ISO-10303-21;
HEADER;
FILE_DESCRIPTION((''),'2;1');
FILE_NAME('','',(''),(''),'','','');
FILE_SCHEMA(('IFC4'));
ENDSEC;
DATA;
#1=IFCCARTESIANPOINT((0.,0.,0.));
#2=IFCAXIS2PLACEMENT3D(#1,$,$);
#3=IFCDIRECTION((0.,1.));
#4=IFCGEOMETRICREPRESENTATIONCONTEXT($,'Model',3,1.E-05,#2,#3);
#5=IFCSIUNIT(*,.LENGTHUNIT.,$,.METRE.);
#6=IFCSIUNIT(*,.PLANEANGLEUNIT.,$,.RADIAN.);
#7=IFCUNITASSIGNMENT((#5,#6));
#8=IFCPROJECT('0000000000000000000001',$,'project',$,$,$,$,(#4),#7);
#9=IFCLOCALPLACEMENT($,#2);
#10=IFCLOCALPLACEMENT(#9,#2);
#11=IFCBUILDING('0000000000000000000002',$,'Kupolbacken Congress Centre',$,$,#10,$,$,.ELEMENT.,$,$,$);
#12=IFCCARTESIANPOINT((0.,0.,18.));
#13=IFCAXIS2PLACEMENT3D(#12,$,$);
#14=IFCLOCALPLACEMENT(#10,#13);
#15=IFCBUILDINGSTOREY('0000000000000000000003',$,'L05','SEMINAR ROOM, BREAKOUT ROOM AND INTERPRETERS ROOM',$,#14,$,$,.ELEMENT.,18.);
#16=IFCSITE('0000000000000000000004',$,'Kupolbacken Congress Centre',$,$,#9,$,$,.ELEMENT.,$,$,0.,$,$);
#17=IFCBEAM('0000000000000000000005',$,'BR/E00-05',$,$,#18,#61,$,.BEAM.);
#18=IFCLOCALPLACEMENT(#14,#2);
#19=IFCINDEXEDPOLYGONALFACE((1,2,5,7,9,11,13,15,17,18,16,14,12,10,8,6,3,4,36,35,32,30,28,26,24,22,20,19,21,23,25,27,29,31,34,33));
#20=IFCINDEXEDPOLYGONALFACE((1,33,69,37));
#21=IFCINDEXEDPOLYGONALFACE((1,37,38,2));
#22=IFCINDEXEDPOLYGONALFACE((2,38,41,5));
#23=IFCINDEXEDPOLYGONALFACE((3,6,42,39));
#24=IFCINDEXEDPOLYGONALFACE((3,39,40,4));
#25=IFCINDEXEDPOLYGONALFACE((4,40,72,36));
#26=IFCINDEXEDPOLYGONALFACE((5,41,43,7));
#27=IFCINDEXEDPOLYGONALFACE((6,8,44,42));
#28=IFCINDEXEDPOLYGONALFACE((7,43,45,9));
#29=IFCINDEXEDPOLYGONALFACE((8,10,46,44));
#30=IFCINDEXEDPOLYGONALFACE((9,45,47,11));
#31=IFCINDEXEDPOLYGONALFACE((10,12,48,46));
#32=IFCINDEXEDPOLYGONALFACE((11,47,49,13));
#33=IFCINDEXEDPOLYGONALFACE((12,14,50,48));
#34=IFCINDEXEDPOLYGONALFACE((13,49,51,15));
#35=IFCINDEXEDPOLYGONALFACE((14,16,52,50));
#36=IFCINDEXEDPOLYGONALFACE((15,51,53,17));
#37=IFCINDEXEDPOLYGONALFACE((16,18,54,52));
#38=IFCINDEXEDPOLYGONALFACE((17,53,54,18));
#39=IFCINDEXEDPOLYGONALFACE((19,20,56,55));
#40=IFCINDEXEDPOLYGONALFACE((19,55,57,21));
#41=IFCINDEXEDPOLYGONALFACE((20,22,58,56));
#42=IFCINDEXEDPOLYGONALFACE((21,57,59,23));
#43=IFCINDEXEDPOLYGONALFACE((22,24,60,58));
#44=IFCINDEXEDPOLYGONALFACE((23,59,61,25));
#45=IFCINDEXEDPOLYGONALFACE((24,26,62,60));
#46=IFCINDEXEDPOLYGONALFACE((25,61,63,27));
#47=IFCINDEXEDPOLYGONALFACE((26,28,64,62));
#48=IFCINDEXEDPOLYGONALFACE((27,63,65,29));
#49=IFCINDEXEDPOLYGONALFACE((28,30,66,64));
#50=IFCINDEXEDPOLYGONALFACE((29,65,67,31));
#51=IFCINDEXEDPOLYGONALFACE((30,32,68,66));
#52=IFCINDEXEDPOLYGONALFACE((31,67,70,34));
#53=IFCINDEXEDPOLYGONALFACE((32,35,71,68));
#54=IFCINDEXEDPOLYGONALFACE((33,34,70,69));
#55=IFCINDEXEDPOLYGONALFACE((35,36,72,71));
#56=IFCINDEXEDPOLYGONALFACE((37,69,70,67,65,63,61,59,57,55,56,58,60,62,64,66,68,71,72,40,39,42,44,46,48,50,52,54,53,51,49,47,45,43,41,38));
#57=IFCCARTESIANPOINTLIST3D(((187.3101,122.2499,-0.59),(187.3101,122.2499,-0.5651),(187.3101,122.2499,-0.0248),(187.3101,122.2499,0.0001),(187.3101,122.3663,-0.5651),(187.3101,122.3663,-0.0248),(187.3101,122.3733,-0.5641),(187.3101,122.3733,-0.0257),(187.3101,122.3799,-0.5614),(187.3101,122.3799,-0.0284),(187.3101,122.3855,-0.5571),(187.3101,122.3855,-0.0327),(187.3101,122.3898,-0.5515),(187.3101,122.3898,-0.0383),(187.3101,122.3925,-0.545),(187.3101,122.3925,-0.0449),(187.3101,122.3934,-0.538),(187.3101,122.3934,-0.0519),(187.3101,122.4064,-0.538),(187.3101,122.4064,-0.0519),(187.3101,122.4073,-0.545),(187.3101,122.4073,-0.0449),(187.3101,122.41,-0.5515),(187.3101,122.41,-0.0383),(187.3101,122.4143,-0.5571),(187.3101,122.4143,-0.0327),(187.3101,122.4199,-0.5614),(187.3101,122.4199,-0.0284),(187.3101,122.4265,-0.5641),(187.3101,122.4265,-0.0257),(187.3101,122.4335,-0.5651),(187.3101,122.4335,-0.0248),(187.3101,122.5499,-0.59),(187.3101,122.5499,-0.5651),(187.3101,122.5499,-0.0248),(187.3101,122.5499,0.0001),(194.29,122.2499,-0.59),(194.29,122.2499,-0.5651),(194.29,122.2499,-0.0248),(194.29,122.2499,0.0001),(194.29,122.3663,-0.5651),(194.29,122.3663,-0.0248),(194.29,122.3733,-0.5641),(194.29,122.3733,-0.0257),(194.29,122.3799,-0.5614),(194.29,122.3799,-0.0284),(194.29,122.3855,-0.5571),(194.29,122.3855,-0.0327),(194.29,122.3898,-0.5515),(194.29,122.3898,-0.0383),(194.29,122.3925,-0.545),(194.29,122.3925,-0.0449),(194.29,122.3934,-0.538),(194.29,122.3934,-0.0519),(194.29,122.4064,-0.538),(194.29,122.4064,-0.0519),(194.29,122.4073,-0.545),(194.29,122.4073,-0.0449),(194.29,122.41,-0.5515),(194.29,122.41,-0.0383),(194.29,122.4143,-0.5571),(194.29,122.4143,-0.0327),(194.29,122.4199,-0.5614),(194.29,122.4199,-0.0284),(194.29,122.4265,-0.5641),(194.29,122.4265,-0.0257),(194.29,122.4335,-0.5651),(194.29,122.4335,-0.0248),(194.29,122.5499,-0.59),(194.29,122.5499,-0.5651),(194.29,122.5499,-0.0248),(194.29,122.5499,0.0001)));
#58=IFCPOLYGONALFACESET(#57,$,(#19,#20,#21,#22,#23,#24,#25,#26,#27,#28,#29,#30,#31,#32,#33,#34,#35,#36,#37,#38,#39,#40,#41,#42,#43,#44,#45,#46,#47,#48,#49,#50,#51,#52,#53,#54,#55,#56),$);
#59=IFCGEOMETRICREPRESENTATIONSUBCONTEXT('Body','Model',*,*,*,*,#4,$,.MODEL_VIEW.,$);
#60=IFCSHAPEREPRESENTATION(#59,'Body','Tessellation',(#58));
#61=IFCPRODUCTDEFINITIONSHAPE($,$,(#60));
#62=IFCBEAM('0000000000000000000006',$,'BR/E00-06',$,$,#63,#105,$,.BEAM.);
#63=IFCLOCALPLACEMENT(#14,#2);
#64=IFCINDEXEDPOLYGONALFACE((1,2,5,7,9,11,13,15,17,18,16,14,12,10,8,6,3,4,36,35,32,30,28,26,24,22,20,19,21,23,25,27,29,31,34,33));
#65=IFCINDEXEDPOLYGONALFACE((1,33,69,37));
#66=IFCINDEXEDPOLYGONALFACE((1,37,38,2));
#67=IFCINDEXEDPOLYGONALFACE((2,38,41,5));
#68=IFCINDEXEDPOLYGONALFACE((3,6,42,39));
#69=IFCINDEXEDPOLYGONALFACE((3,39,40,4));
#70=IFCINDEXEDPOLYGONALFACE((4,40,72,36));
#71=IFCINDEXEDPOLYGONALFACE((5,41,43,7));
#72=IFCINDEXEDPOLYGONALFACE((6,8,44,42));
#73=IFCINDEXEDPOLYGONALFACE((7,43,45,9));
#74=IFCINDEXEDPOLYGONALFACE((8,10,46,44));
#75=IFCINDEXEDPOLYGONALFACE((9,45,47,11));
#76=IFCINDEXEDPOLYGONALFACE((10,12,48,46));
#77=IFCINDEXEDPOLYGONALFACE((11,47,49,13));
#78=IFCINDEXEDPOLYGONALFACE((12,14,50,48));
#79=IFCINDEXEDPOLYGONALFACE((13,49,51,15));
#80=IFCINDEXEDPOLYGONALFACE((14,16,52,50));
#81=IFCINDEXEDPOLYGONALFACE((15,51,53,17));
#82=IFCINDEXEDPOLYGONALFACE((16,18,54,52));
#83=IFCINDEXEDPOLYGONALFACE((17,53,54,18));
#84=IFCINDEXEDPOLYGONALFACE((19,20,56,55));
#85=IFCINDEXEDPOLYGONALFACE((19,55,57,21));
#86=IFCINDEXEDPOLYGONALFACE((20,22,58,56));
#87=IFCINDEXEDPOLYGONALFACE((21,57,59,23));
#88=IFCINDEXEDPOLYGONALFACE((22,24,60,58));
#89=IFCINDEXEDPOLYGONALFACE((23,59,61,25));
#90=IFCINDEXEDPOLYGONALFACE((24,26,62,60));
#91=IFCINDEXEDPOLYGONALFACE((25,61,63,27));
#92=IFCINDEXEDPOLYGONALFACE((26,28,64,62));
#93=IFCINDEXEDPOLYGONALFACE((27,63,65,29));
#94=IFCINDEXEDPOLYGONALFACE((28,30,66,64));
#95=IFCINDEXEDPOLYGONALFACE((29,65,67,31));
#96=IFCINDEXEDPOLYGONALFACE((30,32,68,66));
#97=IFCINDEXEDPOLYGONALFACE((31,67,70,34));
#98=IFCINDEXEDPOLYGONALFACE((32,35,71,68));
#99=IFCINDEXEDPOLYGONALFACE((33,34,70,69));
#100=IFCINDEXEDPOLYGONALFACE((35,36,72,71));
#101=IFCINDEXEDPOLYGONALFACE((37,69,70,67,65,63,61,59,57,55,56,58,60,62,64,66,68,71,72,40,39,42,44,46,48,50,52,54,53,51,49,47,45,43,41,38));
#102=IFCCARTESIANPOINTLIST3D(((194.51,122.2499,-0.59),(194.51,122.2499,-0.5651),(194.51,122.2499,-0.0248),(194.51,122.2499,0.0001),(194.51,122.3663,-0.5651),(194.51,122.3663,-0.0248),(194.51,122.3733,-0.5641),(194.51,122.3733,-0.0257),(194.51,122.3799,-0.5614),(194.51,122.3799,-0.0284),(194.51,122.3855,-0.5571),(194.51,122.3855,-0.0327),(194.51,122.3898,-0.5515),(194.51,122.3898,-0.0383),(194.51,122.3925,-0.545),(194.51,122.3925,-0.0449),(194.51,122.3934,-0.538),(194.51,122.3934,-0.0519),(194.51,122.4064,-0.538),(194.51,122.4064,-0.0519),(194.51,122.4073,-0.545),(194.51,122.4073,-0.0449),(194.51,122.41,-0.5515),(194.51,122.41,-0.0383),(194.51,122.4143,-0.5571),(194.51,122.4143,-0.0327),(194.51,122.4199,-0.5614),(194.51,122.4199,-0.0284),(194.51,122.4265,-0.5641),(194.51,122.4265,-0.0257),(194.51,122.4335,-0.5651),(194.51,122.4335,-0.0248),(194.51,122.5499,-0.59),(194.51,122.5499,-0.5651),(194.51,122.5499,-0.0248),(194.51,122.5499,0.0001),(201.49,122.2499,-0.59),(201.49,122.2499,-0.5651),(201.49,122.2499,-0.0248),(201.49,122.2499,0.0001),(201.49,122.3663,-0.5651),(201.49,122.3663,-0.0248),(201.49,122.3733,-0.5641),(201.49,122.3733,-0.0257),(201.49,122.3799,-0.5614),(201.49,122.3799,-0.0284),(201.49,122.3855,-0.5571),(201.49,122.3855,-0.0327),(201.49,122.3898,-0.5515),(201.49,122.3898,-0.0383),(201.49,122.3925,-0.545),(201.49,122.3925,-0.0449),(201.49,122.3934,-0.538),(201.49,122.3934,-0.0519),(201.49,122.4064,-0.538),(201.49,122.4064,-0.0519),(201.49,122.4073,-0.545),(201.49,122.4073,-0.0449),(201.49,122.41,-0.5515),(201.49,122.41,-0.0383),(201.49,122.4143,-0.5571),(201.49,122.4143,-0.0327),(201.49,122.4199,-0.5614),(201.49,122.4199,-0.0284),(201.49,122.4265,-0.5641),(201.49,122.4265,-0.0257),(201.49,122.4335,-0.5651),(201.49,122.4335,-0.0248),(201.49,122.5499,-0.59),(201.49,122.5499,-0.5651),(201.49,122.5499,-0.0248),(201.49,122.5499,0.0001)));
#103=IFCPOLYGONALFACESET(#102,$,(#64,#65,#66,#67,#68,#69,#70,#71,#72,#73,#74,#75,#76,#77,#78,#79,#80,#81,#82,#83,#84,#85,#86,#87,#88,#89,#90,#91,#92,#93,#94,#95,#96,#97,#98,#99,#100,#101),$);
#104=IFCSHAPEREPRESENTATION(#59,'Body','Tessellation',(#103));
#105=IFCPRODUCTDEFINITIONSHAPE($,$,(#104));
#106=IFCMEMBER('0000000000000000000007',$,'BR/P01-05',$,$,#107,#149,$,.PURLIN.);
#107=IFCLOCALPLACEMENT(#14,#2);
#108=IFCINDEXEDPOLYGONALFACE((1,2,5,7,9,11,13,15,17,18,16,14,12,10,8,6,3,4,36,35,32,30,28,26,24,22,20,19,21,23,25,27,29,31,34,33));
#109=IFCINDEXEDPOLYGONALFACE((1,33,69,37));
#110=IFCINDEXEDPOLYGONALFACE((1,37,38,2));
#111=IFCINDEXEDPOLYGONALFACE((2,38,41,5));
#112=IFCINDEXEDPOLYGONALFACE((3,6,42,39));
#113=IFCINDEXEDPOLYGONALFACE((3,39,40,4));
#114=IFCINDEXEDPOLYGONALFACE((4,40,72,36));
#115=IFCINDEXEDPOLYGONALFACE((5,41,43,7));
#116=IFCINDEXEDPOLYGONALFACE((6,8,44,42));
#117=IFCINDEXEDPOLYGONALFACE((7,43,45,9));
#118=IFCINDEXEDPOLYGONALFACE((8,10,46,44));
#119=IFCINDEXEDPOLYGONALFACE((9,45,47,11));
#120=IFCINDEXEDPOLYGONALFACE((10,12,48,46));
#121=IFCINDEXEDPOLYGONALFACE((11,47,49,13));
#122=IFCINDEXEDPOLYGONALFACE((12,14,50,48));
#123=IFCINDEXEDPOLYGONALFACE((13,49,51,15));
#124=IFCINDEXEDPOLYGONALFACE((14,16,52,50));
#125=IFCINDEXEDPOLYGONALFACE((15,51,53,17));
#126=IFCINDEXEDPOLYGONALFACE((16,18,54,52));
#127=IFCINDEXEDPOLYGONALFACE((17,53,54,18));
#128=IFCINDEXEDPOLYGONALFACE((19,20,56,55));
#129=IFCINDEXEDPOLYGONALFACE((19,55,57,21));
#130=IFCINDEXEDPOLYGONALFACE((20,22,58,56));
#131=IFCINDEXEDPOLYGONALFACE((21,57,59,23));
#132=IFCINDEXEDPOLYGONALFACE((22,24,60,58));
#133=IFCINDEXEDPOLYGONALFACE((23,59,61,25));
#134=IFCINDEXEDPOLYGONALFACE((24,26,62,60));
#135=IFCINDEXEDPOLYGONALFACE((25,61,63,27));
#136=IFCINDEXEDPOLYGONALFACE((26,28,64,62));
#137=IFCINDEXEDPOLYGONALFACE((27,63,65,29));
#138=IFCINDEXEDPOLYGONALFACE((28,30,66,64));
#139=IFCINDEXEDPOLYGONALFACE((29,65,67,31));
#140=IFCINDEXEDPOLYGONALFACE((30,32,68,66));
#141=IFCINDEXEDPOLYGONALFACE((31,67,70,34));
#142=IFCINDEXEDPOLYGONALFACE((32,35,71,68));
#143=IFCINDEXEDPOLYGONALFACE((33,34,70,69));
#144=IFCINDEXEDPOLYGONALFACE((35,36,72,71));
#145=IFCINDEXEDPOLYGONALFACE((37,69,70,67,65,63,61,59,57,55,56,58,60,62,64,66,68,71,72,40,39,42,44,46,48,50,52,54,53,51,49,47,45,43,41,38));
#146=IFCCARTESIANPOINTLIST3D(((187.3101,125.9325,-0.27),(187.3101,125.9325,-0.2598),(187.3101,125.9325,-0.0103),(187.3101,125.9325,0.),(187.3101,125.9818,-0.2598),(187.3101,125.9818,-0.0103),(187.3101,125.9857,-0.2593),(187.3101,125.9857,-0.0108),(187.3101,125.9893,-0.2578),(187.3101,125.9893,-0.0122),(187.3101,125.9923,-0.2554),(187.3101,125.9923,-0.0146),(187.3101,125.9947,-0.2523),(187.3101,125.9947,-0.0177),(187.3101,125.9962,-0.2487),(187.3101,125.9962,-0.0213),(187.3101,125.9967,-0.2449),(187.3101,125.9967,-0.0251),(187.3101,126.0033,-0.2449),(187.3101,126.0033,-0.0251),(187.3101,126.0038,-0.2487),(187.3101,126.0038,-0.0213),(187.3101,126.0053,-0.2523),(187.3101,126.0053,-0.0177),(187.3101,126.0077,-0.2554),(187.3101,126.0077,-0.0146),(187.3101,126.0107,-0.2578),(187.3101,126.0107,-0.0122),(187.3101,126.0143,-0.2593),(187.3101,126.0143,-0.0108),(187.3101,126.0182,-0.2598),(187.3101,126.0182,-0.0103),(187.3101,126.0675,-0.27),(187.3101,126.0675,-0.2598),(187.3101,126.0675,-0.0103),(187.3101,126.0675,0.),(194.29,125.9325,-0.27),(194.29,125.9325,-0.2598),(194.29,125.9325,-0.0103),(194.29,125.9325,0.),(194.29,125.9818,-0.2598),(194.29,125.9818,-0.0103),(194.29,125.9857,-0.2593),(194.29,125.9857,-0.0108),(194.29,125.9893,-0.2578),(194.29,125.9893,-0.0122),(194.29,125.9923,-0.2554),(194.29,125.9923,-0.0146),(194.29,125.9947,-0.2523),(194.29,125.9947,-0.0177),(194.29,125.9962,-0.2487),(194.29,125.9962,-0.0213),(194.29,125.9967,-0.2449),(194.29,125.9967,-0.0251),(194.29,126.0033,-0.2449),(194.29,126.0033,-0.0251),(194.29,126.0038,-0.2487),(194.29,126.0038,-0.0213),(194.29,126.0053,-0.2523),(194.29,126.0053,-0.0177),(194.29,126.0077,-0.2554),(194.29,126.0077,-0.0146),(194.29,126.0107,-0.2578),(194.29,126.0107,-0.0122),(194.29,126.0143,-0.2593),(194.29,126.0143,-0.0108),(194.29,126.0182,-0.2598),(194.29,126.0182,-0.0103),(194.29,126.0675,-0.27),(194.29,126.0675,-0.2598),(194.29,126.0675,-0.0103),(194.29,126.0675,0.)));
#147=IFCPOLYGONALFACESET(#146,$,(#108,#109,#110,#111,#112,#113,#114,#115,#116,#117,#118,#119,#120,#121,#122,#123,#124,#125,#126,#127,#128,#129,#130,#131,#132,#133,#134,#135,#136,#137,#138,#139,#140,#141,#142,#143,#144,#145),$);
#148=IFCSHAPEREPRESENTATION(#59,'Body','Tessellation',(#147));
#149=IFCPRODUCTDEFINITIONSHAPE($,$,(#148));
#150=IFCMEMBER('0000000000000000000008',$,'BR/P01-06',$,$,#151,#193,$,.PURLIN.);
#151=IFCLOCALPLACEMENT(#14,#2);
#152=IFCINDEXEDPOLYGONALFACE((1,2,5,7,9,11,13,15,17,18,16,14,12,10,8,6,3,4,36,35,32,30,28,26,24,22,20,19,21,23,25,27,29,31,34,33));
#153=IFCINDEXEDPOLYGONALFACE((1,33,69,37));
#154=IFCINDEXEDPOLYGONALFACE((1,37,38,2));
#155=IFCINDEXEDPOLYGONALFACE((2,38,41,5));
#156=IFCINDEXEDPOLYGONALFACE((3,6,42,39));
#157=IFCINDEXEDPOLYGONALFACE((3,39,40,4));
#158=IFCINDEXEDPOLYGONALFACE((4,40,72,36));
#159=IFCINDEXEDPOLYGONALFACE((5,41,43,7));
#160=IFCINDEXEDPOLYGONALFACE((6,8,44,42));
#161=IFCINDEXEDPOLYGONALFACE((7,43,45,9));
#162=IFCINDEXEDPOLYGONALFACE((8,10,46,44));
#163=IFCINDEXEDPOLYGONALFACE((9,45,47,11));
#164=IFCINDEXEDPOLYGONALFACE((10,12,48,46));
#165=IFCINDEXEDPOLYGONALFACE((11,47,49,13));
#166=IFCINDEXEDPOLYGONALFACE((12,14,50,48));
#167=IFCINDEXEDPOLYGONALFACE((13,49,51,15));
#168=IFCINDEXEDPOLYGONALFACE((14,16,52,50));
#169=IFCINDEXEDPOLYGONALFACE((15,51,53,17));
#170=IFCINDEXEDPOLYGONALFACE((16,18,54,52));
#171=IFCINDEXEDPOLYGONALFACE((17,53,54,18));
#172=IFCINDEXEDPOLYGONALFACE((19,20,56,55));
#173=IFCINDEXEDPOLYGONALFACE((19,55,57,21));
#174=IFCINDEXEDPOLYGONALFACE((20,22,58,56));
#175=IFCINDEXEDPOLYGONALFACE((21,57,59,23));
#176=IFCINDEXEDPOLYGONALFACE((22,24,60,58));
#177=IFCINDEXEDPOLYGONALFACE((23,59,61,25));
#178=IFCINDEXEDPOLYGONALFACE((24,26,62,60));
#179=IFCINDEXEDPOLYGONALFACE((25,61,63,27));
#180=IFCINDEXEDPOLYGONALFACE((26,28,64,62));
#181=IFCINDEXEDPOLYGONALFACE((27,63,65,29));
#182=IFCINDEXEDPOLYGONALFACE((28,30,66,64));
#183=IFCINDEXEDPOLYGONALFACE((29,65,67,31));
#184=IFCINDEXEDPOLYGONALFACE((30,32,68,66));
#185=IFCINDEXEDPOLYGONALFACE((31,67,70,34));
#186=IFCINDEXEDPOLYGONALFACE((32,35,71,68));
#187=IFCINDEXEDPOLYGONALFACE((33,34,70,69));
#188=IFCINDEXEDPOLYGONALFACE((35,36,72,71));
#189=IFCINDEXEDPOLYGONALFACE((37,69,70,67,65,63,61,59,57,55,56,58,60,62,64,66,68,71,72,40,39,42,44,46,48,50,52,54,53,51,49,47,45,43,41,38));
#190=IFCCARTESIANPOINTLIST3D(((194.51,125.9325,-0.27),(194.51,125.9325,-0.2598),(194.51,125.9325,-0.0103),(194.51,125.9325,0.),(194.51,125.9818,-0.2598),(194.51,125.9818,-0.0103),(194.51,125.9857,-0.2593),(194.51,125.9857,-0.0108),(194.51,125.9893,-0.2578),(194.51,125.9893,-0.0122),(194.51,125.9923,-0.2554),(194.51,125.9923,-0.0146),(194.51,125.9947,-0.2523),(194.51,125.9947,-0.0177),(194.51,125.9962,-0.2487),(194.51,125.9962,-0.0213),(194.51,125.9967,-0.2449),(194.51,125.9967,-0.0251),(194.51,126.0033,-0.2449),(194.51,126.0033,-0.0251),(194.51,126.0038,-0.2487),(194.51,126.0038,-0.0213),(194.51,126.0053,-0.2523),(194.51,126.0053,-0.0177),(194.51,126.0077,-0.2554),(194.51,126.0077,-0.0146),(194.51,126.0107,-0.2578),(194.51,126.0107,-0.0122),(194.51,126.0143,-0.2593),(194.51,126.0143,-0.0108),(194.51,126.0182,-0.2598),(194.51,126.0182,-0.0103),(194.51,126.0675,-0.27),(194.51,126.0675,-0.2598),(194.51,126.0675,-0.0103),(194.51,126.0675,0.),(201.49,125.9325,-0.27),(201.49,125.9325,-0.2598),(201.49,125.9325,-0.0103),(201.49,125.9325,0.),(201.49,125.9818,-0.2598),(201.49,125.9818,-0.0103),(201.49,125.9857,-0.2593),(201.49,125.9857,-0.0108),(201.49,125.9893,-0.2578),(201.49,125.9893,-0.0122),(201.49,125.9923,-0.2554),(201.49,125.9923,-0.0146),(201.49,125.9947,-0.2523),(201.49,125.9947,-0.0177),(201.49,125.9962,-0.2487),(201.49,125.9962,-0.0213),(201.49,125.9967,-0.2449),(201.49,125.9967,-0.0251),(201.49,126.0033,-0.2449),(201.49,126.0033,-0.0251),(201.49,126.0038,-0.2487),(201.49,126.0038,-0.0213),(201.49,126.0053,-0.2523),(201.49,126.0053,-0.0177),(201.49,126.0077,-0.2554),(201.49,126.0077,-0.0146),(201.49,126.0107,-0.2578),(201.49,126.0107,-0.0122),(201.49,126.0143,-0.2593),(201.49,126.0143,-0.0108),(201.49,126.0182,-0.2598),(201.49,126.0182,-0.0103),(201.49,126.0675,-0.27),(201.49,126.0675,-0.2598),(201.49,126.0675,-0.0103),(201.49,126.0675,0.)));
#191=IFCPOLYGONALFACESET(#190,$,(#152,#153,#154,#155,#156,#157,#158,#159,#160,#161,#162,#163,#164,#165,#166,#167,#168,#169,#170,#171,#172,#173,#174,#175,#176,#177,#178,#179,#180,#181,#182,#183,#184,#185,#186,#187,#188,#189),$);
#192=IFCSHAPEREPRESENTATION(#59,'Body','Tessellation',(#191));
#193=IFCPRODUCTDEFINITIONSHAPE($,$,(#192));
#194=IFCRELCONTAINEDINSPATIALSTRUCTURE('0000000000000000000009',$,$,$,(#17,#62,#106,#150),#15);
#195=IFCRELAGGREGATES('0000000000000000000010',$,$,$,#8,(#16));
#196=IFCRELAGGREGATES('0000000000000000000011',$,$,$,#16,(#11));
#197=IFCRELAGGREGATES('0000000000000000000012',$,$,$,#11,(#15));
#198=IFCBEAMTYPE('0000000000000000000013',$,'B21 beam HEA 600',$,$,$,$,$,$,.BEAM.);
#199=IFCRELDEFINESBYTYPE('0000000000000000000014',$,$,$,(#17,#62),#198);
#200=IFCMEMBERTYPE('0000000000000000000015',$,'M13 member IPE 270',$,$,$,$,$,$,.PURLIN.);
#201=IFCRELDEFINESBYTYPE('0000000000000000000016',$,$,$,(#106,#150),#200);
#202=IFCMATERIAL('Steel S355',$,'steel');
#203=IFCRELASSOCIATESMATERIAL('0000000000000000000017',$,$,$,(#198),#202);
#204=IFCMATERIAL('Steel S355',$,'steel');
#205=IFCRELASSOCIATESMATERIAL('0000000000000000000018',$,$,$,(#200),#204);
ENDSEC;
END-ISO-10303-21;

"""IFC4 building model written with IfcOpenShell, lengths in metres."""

from ifc_helpers import new_model, si_unit, direction, frame, origin, origin_2d, place, context, subcontext, project, spatial, i_section, extrude, material, material_profile, profile_set, type_object, element, save


model = new_model("IFC4")

# Units and contexts
model_context = context("Model", 3, precision=1e-05, world=origin(), true_north=direction((0.0, 1.0)))
body_context = subcontext(model_context, "Body", "Model", "MODEL_VIEW")
ifc_project = project(units=[si_unit("LENGTHUNIT", "METRE"), si_unit("PLANEANGLEUNIT", "RADIAN")], contexts=[model_context])

# Site, building, storey
site_placement = place(None, origin())
site = spatial("IfcSite", under=ifc_project, at=site_placement, Name="Kupolbacken Congress Centre", CompositionType="ELEMENT", RefElevation=0.0)
building_placement = place(site_placement, origin())
building = spatial("IfcBuilding", under=site, at=building_placement, Name="Kupolbacken Congress Centre", CompositionType="ELEMENT")
storey_placement = place(building_placement, frame((0.0, 0.0, 18.0)))
storey = spatial("IfcBuildingStorey", under=building, at=storey_placement, Name="L05", Description="SEMINAR ROOM, BREAKOUT ROOM AND INTERPRETERS ROOM", CompositionType="ELEMENT", Elevation=18.0)

# Beams
ifc_material_1 = material(Name="Steel S355", Category="steel")
ifc_material_profile_1 = material_profile(ifc_material_1, i_section(OverallWidth=0.3, OverallDepth=0.5901, WebThickness=0.0129, FlangeThickness=0.0249, FilletRadius=0.0271, at=origin_2d()), Name="HEA 600")
ifc_profile_set_1 = profile_set([ifc_material_profile_1], Name="Steel S355")
beam_type = type_object("IfcBeamType", Name="B21 beam HEA 600", PredefinedType="BEAM", material=ifc_profile_set_1)
for number, where, z_axis, x_axis, name in (
    (1, (187.3101, 122.3999, -0.2949), (1.0, 0.0, 0.0), (0.0, 1.0, 0.0), "BR/E00-05"),
    (2, (194.51, 122.3999, -0.2949), (1.0, 0.0, 0.0), (0.0, 1.0, 0.0), "BR/E00-06"),
):
    element("IfcBeam", number, at=place(storey_placement, frame(where, z_axis=z_axis, x_axis=x_axis)), inside=storey, type_object=beam_type, Name=name, PredefinedType="BEAM", context=body_context, shape_type="SweptSolid", body=[
        extrude(i_section(OverallWidth=0.3, OverallDepth=0.5901, WebThickness=0.0129, FlangeThickness=0.0249, FilletRadius=0.0271, at=origin_2d()), origin(), (0.0, 0.0, 1.0), 6.98),
    ])

# Members
ifc_material_2 = material(Name="Steel S355", Category="steel")
ifc_material_profile_2 = material_profile(ifc_material_2, i_section(OverallWidth=0.135, OverallDepth=0.27, WebThickness=0.0066, FlangeThickness=0.0103, FilletRadius=0.0149, at=origin_2d()), Name="IPE 270")
ifc_profile_set_2 = profile_set([ifc_material_profile_2], Name="Steel S355")
member_type_1 = type_object("IfcMemberType", Name="M13 member IPE 270", PredefinedType="PURLIN", material=ifc_profile_set_2)
for number, where, z_axis, x_axis, name in (
    (3, (187.3101, 126.0, -0.135), (1.0, 0.0, 0.0), (0.0, 1.0, 0.0), "BR/P01-05"),
    (4, (194.51, 126.0, -0.135), (1.0, 0.0, 0.0), (0.0, 1.0, 0.0), "BR/P01-06"),
):
    element("IfcMember", number, at=place(storey_placement, frame(where, z_axis=z_axis, x_axis=x_axis)), inside=storey, type_object=member_type_1, Name=name, PredefinedType="PURLIN", context=body_context, shape_type="SweptSolid", body=[
        extrude(i_section(OverallWidth=0.135, OverallDepth=0.27, WebThickness=0.0066, FlangeThickness=0.0103, FilletRadius=0.0149, at=origin_2d()), origin(), (0.0, 0.0, 1.0), 6.98),
    ])

save(model, "model.ifc")
